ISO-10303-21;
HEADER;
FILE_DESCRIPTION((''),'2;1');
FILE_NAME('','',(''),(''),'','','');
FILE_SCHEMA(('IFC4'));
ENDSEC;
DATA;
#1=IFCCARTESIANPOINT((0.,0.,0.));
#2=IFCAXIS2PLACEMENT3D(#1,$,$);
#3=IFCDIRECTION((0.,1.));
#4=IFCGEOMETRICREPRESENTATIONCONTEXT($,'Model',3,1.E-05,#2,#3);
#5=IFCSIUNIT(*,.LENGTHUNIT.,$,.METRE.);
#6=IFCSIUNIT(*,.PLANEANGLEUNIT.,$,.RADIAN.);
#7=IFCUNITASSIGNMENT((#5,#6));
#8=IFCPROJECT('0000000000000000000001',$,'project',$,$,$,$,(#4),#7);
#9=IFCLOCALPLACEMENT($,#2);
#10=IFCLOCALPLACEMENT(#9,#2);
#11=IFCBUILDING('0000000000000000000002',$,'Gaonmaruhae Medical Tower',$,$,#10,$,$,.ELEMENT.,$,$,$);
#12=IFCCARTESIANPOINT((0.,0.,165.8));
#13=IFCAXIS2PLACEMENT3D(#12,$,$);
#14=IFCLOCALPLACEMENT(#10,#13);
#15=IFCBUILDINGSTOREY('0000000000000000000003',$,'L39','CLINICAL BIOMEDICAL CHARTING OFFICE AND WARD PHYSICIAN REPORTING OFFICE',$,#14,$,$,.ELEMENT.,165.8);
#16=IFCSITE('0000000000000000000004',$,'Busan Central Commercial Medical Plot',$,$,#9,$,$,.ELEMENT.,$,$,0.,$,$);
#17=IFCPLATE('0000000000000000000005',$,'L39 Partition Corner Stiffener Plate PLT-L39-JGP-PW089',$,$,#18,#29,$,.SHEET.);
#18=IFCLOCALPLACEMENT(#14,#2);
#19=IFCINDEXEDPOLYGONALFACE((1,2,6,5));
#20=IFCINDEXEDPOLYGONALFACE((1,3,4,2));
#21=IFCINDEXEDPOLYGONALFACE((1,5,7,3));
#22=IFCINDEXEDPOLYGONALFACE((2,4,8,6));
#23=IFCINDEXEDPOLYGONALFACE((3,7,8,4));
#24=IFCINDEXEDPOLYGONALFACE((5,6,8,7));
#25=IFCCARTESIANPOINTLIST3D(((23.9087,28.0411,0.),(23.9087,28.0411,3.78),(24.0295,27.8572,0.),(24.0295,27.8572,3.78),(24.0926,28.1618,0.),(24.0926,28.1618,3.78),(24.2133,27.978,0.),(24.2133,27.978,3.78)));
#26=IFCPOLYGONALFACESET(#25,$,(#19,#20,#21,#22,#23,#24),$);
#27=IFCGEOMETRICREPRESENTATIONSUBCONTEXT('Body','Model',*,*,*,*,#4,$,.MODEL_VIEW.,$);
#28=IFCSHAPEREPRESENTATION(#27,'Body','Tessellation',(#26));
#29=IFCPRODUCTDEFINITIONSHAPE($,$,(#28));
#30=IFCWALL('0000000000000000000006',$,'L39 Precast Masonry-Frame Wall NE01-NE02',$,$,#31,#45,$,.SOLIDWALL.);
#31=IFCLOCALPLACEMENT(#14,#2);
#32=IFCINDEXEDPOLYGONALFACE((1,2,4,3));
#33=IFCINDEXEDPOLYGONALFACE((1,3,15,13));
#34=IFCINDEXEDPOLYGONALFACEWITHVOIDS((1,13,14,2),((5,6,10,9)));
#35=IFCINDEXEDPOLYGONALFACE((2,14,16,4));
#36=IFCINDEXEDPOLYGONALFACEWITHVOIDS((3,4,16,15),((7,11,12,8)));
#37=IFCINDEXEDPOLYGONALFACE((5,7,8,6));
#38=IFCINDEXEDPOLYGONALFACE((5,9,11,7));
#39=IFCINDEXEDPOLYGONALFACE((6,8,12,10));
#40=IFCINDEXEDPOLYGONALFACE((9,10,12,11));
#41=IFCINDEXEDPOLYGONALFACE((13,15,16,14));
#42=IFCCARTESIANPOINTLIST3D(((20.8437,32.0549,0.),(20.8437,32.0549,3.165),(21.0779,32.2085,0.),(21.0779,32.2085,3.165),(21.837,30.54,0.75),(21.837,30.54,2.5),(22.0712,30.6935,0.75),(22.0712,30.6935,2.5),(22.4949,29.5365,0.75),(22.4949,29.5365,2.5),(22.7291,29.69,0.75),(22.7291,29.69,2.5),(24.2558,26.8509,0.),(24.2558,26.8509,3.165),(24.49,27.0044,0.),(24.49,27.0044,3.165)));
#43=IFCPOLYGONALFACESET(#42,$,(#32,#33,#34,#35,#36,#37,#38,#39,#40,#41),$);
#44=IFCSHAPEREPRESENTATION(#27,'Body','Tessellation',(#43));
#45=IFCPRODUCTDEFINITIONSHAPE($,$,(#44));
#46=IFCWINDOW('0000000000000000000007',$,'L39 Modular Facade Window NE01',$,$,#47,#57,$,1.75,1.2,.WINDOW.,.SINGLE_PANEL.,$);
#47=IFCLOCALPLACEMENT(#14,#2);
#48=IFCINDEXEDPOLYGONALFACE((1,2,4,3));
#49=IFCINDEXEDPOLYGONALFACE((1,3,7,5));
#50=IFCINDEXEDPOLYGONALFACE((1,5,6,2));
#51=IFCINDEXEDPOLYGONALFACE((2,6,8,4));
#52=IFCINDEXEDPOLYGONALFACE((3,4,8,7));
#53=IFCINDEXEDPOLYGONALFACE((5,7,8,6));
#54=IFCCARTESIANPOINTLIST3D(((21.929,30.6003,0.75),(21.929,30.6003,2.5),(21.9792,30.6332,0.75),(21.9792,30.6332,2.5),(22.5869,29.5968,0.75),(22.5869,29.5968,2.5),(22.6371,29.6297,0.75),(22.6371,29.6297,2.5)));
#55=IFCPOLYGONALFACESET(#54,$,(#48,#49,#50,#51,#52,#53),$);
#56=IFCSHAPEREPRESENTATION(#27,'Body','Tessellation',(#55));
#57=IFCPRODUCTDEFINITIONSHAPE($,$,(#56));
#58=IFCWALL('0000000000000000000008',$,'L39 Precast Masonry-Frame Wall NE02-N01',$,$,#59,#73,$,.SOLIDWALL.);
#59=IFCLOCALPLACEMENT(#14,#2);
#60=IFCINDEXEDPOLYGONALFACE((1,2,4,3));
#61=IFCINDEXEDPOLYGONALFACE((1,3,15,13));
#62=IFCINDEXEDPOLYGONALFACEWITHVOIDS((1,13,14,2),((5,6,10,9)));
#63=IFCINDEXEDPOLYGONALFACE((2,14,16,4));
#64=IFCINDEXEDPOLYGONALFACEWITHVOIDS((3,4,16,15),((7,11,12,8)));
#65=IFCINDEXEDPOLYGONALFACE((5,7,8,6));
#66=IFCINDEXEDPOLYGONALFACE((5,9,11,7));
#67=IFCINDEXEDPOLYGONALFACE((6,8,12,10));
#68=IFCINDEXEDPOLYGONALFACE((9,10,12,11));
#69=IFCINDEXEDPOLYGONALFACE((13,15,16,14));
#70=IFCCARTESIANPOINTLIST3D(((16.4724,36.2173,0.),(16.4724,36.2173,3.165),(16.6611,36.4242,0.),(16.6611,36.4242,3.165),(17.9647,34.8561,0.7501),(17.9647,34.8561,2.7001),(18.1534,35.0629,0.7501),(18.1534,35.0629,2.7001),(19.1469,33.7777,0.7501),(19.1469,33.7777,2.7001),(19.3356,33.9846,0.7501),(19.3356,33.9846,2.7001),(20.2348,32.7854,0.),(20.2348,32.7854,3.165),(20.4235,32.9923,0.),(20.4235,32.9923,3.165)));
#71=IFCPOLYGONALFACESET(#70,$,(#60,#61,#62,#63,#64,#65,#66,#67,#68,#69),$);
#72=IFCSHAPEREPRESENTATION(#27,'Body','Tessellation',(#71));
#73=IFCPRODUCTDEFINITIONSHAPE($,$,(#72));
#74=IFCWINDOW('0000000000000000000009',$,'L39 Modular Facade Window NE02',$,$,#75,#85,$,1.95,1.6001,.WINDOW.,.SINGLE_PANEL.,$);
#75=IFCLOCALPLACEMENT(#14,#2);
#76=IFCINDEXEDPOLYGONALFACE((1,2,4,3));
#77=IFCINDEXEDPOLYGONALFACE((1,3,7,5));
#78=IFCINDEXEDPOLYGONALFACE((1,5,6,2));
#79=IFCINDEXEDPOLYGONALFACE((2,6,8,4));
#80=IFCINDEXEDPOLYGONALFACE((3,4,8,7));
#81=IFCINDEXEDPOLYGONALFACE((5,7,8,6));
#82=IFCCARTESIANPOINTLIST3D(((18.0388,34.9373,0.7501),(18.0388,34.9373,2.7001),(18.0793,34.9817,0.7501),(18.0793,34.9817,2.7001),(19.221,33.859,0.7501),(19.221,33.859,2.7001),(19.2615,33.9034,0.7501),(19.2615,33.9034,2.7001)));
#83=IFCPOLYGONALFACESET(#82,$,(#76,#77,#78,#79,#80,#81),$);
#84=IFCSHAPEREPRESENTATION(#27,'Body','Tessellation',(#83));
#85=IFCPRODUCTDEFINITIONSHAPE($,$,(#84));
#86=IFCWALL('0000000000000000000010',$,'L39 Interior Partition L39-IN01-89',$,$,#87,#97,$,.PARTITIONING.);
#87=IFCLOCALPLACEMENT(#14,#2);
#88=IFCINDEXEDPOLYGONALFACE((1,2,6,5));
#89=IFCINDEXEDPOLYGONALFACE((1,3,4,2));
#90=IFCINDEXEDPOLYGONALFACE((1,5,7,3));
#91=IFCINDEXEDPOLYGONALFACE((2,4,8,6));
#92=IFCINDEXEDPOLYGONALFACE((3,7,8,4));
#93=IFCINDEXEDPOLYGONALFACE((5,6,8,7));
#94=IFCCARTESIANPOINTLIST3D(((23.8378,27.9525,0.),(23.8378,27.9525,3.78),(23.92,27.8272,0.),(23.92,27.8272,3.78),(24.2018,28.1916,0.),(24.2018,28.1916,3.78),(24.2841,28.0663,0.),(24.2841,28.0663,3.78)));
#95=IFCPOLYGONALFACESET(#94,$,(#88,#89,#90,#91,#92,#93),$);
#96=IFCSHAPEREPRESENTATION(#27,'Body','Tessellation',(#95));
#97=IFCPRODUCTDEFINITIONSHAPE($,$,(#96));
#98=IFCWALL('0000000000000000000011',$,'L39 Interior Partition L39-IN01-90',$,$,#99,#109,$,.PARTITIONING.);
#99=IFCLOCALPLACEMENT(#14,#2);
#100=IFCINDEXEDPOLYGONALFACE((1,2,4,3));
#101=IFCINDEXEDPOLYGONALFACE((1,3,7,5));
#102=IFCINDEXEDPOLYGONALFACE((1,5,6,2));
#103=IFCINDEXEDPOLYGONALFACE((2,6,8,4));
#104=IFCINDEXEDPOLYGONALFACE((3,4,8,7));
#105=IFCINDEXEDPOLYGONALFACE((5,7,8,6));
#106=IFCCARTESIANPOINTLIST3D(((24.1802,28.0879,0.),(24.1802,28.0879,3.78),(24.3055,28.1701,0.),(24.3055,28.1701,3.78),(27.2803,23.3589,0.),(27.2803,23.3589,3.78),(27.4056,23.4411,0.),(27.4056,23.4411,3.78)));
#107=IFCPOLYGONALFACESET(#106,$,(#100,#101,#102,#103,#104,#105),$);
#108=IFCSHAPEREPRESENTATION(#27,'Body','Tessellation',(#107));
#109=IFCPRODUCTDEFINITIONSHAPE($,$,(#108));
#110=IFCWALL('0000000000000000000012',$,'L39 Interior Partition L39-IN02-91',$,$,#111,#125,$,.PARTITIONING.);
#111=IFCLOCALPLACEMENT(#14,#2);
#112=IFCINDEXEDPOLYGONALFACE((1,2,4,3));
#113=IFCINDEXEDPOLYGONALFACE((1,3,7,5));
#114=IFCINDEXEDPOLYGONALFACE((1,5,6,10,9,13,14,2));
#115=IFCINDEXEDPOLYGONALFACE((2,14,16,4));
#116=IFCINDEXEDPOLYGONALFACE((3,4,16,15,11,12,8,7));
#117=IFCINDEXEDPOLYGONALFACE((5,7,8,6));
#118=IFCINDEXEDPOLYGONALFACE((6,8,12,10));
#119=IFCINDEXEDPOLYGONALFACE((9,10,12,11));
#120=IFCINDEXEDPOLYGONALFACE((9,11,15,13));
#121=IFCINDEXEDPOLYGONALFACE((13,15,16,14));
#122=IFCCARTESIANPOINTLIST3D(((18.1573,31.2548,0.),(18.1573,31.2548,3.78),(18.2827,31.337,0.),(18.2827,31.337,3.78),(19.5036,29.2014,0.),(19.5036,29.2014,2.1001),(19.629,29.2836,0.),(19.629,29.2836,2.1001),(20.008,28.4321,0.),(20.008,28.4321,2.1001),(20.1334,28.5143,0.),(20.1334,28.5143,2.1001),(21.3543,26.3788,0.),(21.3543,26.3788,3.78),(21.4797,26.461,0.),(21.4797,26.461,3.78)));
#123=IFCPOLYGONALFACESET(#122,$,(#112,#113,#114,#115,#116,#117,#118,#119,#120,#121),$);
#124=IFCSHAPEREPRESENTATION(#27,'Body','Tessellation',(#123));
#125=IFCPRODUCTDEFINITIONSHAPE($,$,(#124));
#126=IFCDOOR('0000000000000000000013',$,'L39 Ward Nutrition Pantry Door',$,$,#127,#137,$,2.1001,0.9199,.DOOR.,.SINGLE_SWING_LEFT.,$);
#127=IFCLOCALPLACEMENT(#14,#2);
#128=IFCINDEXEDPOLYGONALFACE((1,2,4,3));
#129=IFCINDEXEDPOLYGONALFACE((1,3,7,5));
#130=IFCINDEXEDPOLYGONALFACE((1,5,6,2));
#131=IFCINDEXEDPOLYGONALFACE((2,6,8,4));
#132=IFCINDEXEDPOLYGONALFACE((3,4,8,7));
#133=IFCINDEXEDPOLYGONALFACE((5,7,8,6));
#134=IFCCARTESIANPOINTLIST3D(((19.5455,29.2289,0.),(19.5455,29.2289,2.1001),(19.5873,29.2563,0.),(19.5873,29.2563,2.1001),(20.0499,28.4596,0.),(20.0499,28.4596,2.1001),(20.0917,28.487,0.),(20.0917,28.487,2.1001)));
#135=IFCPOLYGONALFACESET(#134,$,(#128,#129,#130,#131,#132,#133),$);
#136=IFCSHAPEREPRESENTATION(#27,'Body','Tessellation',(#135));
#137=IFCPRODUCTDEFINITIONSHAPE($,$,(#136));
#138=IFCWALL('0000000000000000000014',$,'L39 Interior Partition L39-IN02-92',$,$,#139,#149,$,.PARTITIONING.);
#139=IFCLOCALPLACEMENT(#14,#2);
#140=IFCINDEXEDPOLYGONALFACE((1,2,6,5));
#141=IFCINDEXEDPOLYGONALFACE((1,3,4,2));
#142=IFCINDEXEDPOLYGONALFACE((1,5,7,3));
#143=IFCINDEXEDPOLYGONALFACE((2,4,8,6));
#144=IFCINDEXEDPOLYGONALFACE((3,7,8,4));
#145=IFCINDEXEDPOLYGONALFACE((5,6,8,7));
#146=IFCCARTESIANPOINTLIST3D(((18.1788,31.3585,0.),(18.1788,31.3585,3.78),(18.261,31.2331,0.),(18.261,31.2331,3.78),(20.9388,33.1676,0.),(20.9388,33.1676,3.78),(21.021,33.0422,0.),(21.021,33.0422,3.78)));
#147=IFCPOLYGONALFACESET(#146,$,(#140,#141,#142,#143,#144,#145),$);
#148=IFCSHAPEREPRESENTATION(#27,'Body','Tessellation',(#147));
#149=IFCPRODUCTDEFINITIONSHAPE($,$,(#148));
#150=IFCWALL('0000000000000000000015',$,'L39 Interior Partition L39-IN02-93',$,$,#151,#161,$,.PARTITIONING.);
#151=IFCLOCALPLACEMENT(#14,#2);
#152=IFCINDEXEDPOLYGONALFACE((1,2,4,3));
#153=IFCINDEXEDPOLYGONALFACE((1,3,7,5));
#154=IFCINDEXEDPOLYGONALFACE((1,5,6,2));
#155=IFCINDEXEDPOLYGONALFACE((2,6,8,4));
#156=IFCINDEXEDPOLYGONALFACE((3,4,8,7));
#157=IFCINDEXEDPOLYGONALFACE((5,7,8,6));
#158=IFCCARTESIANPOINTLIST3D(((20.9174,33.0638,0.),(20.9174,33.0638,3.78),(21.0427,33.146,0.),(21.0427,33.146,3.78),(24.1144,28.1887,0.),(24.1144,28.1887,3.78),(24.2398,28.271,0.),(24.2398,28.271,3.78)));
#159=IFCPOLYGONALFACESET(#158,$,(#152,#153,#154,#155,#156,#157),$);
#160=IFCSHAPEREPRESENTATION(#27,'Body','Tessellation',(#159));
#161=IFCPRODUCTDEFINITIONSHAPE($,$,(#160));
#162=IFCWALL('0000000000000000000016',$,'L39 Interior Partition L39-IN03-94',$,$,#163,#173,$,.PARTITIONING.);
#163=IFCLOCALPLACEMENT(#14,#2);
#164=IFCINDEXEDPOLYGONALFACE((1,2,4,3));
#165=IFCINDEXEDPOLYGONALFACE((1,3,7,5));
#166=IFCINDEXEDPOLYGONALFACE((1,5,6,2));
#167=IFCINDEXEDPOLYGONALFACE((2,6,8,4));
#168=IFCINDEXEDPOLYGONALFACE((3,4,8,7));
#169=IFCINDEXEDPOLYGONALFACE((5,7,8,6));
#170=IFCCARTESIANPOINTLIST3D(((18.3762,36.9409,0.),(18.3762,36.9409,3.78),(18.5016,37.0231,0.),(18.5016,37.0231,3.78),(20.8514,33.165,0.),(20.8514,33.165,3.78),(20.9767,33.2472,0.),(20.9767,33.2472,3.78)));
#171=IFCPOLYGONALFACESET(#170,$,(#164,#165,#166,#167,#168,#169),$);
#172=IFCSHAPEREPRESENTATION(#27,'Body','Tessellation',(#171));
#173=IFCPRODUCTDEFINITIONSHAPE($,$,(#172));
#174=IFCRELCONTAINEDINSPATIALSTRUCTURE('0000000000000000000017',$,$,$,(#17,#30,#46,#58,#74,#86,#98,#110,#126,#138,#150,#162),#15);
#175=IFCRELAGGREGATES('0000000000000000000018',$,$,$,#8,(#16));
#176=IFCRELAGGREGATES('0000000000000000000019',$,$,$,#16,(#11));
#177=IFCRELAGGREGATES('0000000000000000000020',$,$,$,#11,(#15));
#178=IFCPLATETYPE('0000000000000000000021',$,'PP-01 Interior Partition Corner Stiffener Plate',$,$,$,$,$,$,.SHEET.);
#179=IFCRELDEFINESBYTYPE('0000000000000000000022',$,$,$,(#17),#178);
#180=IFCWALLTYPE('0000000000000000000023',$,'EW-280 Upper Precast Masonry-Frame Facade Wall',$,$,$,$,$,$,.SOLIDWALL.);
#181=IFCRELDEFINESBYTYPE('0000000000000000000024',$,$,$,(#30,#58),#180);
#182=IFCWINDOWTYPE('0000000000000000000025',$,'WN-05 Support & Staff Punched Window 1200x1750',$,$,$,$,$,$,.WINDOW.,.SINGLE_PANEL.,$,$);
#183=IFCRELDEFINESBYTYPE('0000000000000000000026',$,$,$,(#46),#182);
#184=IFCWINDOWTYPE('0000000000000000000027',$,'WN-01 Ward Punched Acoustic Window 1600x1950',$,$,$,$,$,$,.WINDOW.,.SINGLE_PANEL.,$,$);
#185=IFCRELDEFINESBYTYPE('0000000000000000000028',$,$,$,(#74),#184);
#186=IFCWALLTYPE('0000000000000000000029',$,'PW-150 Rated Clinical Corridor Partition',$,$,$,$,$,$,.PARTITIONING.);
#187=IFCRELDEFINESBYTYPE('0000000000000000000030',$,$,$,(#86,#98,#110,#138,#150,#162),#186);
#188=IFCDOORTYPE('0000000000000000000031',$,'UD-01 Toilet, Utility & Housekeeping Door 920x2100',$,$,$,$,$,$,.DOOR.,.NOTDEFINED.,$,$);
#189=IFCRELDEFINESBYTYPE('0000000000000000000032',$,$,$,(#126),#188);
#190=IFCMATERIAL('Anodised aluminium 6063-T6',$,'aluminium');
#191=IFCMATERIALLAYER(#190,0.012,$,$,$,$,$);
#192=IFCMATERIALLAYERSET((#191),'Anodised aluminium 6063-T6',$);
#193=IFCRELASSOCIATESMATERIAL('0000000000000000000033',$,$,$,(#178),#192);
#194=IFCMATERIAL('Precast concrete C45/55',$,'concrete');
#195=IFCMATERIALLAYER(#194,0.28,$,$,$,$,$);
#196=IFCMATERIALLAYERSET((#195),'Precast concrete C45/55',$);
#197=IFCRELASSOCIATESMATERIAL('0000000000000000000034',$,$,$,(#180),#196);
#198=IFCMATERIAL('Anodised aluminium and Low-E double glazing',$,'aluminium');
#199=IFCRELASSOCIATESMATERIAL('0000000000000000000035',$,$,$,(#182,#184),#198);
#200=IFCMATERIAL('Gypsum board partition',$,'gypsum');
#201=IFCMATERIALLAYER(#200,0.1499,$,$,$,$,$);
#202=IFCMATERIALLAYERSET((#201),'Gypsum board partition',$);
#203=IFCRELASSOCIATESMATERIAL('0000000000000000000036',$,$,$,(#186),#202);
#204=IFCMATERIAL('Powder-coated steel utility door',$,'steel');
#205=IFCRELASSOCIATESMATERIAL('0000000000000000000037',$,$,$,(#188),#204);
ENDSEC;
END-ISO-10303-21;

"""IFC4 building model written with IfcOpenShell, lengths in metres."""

from ifc_helpers import new_model, si_unit, direction, frame, frame_2d, origin, origin_2d, place, context, subcontext, project, spatial, rectangle, extrude, material, layer, layer_set, type_object, element, fill, save


model = new_model("IFC4")

# Units and contexts
model_context = context("Model", 3, precision=1e-05, world=origin(), true_north=direction((0.0, 1.0)))
body_context = subcontext(model_context, "Body", "Model", "MODEL_VIEW")
ifc_project = project(units=[si_unit("LENGTHUNIT", "METRE"), si_unit("PLANEANGLEUNIT", "RADIAN")], contexts=[model_context])

# Site, building, storey
site_placement = place(None, origin())
site = spatial("IfcSite", under=ifc_project, at=site_placement, Name="Busan Central Commercial Medical Plot", CompositionType="ELEMENT", RefElevation=0.0)
building_placement = place(site_placement, origin())
building = spatial("IfcBuilding", under=site, at=building_placement, Name="Gaonmaruhae Medical Tower", CompositionType="ELEMENT")
storey_placement = place(building_placement, frame((0.0, 0.0, 165.8)))
storey = spatial("IfcBuildingStorey", under=building, at=storey_placement, Name="L39", Description="CLINICAL BIOMEDICAL CHARTING OFFICE AND WARD PHYSICIAN REPORTING OFFICE", CompositionType="ELEMENT", Elevation=165.8)

# Plate
ifc_material_1 = material(Name="Anodised aluminium 6063-T6", Category="aluminium")
ifc_layer_1 = layer(ifc_material_1, 0.012)
ifc_layer_set_1 = layer_set([ifc_layer_1], Name="Anodised aluminium 6063-T6")
plate_type = type_object("IfcPlateType", Name="PP-01 Interior Partition Corner Stiffener Plate", PredefinedType="SHEET", material=ifc_layer_set_1)
plate_placement = place(storey_placement, frame((24.061, 28.0095, 0.0), z_axis=(0.0, 0.0, 1.0), x_axis=(0.835913, 0.548862, 0.0)))
element("IfcPlate", 1, at=plate_placement, inside=storey, type_object=plate_type, Name="L39 Partition Corner Stiffener Plate PLT-L39-JGP-PW089", PredefinedType="SHEET", context=body_context, shape_type="SweptSolid", body=[
    extrude(rectangle(XDim=0.22, YDim=0.22, at=origin_2d()), origin(), (0.0, 0.0, 1.0), 3.78),
])

# Walls, openings, windows
ifc_material_2 = material(Name="Precast concrete C45/55", Category="concrete")
ifc_layer_2 = layer(ifc_material_2, 0.28)
ifc_layer_set_2 = layer_set([ifc_layer_2], Name="Precast concrete C45/55")
wall_type_1 = type_object("IfcWallType", Name="EW-280 Upper Precast Masonry-Frame Facade Wall", PredefinedType="SOLIDWALL", material=ifc_layer_set_2)
wall_1_placement = place(storey_placement, frame((24.3728, 26.9277, 0.0), z_axis=(0.0, 0.0, 1.0), x_axis=(-0.54831, 0.836275, 0.0)))
wall_1 = element("IfcWall", 2, at=wall_1_placement, inside=storey, type_object=wall_type_1, Name="L39 Precast Masonry-Frame Wall NE01-NE02", PredefinedType="SOLIDWALL", context=body_context, shape_type="SweptSolid", body=[
    extrude(rectangle(XDim=6.2229, YDim=0.28, at=frame_2d((3.1113, 0.0))), origin(), (0.0, 0.0, 1.0), 3.165),
])
opening_1_placement = place(wall_1_placement, frame((3.2112, 0.0, 0.75)))
opening_1 = element("IfcOpeningElement", 3, at=opening_1_placement, cuts=wall_1, PredefinedType="OPENING", context=body_context, shape_type="SweptSolid", body=[
    extrude(rectangle(XDim=1.2, YDim=1.75, at=frame_2d((0.6001, 0.875))), frame((0.0, 0.1499, 0.0), z_axis=(0.0, -1.0, 0.0), x_axis=(1.0, 0.0, 0.0)), (0.0, 0.0, 1.0), 0.3),
])
ifc_material_3 = material(Name="Anodised aluminium and Low-E double glazing", Category="aluminium")
window_type_1 = type_object("IfcWindowType", Name="WN-05 Support & Staff Punched Window 1200x1750", PartitioningType="SINGLE_PANEL", PredefinedType="WINDOW", material=ifc_material_3)
window_1_placement = place(opening_1_placement, origin())
window_1 = element("IfcWindow", 4, at=window_1_placement, inside=storey, type_object=window_type_1, Name="L39 Modular Facade Window NE01", OverallHeight=1.75, OverallWidth=1.2, PartitioningType="SINGLE_PANEL", PredefinedType="WINDOW", context=body_context, shape_type="SweptSolid", body=[
    extrude(rectangle(XDim=1.2, YDim=1.75, at=frame_2d((0.6001, 0.875))), frame((0.0, 0.03, 0.0), z_axis=(0.0, -1.0, 0.0), x_axis=(1.0, 0.0, 0.0)), (0.0, 0.0, 1.0), 0.0601),
])
fill(opening_1, window_1)
wall_2_placement = place(storey_placement, frame((16.5667, 36.3208, 0.0), z_axis=(0.0, 0.0, 1.0), x_axis=(0.738818, -0.673906, 0.0)))
wall_2 = element("IfcWall", 5, at=wall_2_placement, inside=storey, type_object=wall_type_1, Name="L39 Precast Masonry-Frame Wall NE02-N01", PredefinedType="SOLIDWALL", context=body_context, shape_type="SweptSolid", body=[
    extrude(rectangle(XDim=5.0925, YDim=0.28, at=frame_2d((2.5464, 0.0))), origin(), (0.0, 0.0, 1.0), 3.165),
])
opening_2_placement = place(wall_2_placement, frame((2.02, 0.0, 0.75)))
opening_2 = element("IfcOpeningElement", 6, at=opening_2_placement, cuts=wall_2, PredefinedType="OPENING", context=body_context, shape_type="SweptSolid", body=[
    extrude(rectangle(XDim=1.6001, YDim=1.95, at=frame_2d((0.8, 0.9751))), frame((0.0, 0.1499, 0.0), z_axis=(0.0, -1.0, 0.0), x_axis=(1.0, 0.0, 0.0)), (0.0, 0.0, 1.0), 0.3),
])
window_type_2 = type_object("IfcWindowType", Name="WN-01 Ward Punched Acoustic Window 1600x1950", PartitioningType="SINGLE_PANEL", PredefinedType="WINDOW", material=ifc_material_3)
window_2_placement = place(opening_2_placement, origin())
window_2 = element("IfcWindow", 7, at=window_2_placement, inside=storey, type_object=window_type_2, Name="L39 Modular Facade Window NE02", OverallHeight=1.95, OverallWidth=1.6001, PartitioningType="SINGLE_PANEL", PredefinedType="WINDOW", context=body_context, shape_type="SweptSolid", body=[
    extrude(rectangle(XDim=1.6001, YDim=1.95, at=frame_2d((0.8, 0.9751))), frame((0.0, 0.03, 0.0), z_axis=(0.0, -1.0, 0.0), x_axis=(1.0, 0.0, 0.0)), (0.0, 0.0, 1.0), 0.0601),
])
fill(opening_2, window_2)

# Walls
ifc_material_4 = material(Name="Gypsum board partition", Category="gypsum")
ifc_layer_3 = layer(ifc_material_4, 0.1499)
ifc_layer_set_3 = layer_set([ifc_layer_3], Name="Gypsum board partition")
wall_type_2 = type_object("IfcWallType", Name="PW-150 Rated Clinical Corridor Partition", PredefinedType="PARTITIONING", material=ifc_layer_set_3)
wall_3_placement = place(storey_placement, frame((23.8789, 27.8899, 0.0), z_axis=(0.0, 0.0, 1.0), x_axis=(0.835911, 0.548865, 0.0)))
element("IfcWall", 8, at=wall_3_placement, inside=storey, type_object=wall_type_2, Name="L39 Interior Partition L39-IN01-89", PredefinedType="PARTITIONING", context=body_context, shape_type="SweptSolid", body=[
    extrude(rectangle(XDim=0.4355, YDim=0.1499, at=frame_2d((0.2178, 0.0))), origin(), (0.0, 0.0, 1.0), 3.78),
])
wall_4_placement = place(storey_placement, frame((24.2429, 28.1289, 0.0), z_axis=(0.0, 0.0, 1.0), x_axis=(0.548247, -0.836316, 0.0)))
element("IfcWall", 9, at=wall_4_placement, inside=storey, type_object=wall_type_2, Name="L39 Interior Partition L39-IN01-90", PredefinedType="PARTITIONING", context=body_context, shape_type="SweptSolid", body=[
    extrude(rectangle(XDim=5.6545, YDim=0.1499, at=frame_2d((2.8271, 0.0))), origin(), (0.0, 0.0, 1.0), 3.78),
])

# Wall, opening, door
wall_5_placement = place(storey_placement, frame((21.417, 26.4199, 0.0), z_axis=(0.0, 0.0, 1.0), x_axis=(-0.548316, 0.836271, 0.0)))
wall_5 = element("IfcWall", 10, at=wall_5_placement, inside=storey, type_object=wall_type_2, Name="L39 Interior Partition L39-IN02-91", PredefinedType="PARTITIONING", context=body_context, shape_type="SweptSolid", body=[
    extrude(rectangle(XDim=5.8306, YDim=0.1499, at=frame_2d((2.9153, 0.0))), origin(), (0.0, 0.0, 1.0), 3.78),
])
opening_3_placement = place(wall_5_placement, frame((2.4553, 0.0, 0.0)))
opening_3 = element("IfcOpeningElement", 11, at=opening_3_placement, cuts=wall_5, PredefinedType="OPENING", context=body_context, shape_type="SweptSolid", body=[
    extrude(rectangle(XDim=0.9199, YDim=2.1001, at=frame_2d((0.46, 1.05))), frame((0.0, 0.085, 0.0), z_axis=(0.0, -1.0, 0.0), x_axis=(1.0, 0.0, 0.0)), (0.0, 0.0, 1.0), 0.1699),
])
ifc_material_5 = material(Name="Powder-coated steel utility door", Category="steel")
door_type = type_object("IfcDoorType", Name="UD-01 Toilet, Utility & Housekeeping Door 920x2100", OperationType="NOTDEFINED", PredefinedType="DOOR", material=ifc_material_5)
door_1_placement = place(opening_3_placement, origin())
door_1 = element("IfcDoor", 12, at=door_1_placement, inside=storey, type_object=door_type, Name="L39 Ward Nutrition Pantry Door", OperationType="SINGLE_SWING_LEFT", OverallHeight=2.1001, OverallWidth=0.9199, PredefinedType="DOOR", context=body_context, shape_type="SweptSolid", body=[
    extrude(rectangle(XDim=0.9199, YDim=2.1001, at=frame_2d((0.46, 1.05))), frame((0.0, 0.0249, 0.0), z_axis=(0.0, -1.0, 0.0), x_axis=(1.0, 0.0, 0.0)), (0.0, 0.0, 1.0), 0.05),
])
fill(opening_3, door_1)

# Walls
wall_6_placement = place(storey_placement, frame((18.22, 31.2959, 0.0), z_axis=(0.0, 0.0, 1.0), x_axis=(0.83635, 0.548196, 0.0)))
element("IfcWall", 13, at=wall_6_placement, inside=storey, type_object=wall_type_2, Name="L39 Interior Partition L39-IN02-92", PredefinedType="PARTITIONING", context=body_context, shape_type="SweptSolid", body=[
    extrude(rectangle(XDim=3.3, YDim=0.1499, at=frame_2d((1.6499, 0.0))), origin(), (0.0, 0.0, 1.0), 3.78),
])
wall_7_placement = place(storey_placement, frame((20.98, 33.105, 0.0), z_axis=(0.0, 0.0, 1.0), x_axis=(0.548393, -0.836221, 0.0)))
element("IfcWall", 14, at=wall_7_placement, inside=storey, type_object=wall_type_2, Name="L39 Interior Partition L39-IN02-93", PredefinedType="PARTITIONING", context=body_context, shape_type="SweptSolid", body=[
    extrude(rectangle(XDim=5.8298, YDim=0.1499, at=frame_2d((2.915, 0.0))), origin(), (0.0, 0.0, 1.0), 3.78),
])
wall_8_placement = place(storey_placement, frame((18.439, 36.9819, 0.0), z_axis=(0.0, 0.0, 1.0), x_axis=(0.548219, -0.836335, 0.0)))
element("IfcWall", 15, at=wall_8_placement, inside=storey, type_object=wall_type_2, Name="L39 Interior Partition L39-IN03-94", PredefinedType="PARTITIONING", context=body_context, shape_type="SweptSolid", body=[
    extrude(rectangle(XDim=4.5149, YDim=0.1499, at=frame_2d((2.2573, 0.0))), origin(), (0.0, 0.0, 1.0), 3.78),
])

save(model, "model.ifc")
